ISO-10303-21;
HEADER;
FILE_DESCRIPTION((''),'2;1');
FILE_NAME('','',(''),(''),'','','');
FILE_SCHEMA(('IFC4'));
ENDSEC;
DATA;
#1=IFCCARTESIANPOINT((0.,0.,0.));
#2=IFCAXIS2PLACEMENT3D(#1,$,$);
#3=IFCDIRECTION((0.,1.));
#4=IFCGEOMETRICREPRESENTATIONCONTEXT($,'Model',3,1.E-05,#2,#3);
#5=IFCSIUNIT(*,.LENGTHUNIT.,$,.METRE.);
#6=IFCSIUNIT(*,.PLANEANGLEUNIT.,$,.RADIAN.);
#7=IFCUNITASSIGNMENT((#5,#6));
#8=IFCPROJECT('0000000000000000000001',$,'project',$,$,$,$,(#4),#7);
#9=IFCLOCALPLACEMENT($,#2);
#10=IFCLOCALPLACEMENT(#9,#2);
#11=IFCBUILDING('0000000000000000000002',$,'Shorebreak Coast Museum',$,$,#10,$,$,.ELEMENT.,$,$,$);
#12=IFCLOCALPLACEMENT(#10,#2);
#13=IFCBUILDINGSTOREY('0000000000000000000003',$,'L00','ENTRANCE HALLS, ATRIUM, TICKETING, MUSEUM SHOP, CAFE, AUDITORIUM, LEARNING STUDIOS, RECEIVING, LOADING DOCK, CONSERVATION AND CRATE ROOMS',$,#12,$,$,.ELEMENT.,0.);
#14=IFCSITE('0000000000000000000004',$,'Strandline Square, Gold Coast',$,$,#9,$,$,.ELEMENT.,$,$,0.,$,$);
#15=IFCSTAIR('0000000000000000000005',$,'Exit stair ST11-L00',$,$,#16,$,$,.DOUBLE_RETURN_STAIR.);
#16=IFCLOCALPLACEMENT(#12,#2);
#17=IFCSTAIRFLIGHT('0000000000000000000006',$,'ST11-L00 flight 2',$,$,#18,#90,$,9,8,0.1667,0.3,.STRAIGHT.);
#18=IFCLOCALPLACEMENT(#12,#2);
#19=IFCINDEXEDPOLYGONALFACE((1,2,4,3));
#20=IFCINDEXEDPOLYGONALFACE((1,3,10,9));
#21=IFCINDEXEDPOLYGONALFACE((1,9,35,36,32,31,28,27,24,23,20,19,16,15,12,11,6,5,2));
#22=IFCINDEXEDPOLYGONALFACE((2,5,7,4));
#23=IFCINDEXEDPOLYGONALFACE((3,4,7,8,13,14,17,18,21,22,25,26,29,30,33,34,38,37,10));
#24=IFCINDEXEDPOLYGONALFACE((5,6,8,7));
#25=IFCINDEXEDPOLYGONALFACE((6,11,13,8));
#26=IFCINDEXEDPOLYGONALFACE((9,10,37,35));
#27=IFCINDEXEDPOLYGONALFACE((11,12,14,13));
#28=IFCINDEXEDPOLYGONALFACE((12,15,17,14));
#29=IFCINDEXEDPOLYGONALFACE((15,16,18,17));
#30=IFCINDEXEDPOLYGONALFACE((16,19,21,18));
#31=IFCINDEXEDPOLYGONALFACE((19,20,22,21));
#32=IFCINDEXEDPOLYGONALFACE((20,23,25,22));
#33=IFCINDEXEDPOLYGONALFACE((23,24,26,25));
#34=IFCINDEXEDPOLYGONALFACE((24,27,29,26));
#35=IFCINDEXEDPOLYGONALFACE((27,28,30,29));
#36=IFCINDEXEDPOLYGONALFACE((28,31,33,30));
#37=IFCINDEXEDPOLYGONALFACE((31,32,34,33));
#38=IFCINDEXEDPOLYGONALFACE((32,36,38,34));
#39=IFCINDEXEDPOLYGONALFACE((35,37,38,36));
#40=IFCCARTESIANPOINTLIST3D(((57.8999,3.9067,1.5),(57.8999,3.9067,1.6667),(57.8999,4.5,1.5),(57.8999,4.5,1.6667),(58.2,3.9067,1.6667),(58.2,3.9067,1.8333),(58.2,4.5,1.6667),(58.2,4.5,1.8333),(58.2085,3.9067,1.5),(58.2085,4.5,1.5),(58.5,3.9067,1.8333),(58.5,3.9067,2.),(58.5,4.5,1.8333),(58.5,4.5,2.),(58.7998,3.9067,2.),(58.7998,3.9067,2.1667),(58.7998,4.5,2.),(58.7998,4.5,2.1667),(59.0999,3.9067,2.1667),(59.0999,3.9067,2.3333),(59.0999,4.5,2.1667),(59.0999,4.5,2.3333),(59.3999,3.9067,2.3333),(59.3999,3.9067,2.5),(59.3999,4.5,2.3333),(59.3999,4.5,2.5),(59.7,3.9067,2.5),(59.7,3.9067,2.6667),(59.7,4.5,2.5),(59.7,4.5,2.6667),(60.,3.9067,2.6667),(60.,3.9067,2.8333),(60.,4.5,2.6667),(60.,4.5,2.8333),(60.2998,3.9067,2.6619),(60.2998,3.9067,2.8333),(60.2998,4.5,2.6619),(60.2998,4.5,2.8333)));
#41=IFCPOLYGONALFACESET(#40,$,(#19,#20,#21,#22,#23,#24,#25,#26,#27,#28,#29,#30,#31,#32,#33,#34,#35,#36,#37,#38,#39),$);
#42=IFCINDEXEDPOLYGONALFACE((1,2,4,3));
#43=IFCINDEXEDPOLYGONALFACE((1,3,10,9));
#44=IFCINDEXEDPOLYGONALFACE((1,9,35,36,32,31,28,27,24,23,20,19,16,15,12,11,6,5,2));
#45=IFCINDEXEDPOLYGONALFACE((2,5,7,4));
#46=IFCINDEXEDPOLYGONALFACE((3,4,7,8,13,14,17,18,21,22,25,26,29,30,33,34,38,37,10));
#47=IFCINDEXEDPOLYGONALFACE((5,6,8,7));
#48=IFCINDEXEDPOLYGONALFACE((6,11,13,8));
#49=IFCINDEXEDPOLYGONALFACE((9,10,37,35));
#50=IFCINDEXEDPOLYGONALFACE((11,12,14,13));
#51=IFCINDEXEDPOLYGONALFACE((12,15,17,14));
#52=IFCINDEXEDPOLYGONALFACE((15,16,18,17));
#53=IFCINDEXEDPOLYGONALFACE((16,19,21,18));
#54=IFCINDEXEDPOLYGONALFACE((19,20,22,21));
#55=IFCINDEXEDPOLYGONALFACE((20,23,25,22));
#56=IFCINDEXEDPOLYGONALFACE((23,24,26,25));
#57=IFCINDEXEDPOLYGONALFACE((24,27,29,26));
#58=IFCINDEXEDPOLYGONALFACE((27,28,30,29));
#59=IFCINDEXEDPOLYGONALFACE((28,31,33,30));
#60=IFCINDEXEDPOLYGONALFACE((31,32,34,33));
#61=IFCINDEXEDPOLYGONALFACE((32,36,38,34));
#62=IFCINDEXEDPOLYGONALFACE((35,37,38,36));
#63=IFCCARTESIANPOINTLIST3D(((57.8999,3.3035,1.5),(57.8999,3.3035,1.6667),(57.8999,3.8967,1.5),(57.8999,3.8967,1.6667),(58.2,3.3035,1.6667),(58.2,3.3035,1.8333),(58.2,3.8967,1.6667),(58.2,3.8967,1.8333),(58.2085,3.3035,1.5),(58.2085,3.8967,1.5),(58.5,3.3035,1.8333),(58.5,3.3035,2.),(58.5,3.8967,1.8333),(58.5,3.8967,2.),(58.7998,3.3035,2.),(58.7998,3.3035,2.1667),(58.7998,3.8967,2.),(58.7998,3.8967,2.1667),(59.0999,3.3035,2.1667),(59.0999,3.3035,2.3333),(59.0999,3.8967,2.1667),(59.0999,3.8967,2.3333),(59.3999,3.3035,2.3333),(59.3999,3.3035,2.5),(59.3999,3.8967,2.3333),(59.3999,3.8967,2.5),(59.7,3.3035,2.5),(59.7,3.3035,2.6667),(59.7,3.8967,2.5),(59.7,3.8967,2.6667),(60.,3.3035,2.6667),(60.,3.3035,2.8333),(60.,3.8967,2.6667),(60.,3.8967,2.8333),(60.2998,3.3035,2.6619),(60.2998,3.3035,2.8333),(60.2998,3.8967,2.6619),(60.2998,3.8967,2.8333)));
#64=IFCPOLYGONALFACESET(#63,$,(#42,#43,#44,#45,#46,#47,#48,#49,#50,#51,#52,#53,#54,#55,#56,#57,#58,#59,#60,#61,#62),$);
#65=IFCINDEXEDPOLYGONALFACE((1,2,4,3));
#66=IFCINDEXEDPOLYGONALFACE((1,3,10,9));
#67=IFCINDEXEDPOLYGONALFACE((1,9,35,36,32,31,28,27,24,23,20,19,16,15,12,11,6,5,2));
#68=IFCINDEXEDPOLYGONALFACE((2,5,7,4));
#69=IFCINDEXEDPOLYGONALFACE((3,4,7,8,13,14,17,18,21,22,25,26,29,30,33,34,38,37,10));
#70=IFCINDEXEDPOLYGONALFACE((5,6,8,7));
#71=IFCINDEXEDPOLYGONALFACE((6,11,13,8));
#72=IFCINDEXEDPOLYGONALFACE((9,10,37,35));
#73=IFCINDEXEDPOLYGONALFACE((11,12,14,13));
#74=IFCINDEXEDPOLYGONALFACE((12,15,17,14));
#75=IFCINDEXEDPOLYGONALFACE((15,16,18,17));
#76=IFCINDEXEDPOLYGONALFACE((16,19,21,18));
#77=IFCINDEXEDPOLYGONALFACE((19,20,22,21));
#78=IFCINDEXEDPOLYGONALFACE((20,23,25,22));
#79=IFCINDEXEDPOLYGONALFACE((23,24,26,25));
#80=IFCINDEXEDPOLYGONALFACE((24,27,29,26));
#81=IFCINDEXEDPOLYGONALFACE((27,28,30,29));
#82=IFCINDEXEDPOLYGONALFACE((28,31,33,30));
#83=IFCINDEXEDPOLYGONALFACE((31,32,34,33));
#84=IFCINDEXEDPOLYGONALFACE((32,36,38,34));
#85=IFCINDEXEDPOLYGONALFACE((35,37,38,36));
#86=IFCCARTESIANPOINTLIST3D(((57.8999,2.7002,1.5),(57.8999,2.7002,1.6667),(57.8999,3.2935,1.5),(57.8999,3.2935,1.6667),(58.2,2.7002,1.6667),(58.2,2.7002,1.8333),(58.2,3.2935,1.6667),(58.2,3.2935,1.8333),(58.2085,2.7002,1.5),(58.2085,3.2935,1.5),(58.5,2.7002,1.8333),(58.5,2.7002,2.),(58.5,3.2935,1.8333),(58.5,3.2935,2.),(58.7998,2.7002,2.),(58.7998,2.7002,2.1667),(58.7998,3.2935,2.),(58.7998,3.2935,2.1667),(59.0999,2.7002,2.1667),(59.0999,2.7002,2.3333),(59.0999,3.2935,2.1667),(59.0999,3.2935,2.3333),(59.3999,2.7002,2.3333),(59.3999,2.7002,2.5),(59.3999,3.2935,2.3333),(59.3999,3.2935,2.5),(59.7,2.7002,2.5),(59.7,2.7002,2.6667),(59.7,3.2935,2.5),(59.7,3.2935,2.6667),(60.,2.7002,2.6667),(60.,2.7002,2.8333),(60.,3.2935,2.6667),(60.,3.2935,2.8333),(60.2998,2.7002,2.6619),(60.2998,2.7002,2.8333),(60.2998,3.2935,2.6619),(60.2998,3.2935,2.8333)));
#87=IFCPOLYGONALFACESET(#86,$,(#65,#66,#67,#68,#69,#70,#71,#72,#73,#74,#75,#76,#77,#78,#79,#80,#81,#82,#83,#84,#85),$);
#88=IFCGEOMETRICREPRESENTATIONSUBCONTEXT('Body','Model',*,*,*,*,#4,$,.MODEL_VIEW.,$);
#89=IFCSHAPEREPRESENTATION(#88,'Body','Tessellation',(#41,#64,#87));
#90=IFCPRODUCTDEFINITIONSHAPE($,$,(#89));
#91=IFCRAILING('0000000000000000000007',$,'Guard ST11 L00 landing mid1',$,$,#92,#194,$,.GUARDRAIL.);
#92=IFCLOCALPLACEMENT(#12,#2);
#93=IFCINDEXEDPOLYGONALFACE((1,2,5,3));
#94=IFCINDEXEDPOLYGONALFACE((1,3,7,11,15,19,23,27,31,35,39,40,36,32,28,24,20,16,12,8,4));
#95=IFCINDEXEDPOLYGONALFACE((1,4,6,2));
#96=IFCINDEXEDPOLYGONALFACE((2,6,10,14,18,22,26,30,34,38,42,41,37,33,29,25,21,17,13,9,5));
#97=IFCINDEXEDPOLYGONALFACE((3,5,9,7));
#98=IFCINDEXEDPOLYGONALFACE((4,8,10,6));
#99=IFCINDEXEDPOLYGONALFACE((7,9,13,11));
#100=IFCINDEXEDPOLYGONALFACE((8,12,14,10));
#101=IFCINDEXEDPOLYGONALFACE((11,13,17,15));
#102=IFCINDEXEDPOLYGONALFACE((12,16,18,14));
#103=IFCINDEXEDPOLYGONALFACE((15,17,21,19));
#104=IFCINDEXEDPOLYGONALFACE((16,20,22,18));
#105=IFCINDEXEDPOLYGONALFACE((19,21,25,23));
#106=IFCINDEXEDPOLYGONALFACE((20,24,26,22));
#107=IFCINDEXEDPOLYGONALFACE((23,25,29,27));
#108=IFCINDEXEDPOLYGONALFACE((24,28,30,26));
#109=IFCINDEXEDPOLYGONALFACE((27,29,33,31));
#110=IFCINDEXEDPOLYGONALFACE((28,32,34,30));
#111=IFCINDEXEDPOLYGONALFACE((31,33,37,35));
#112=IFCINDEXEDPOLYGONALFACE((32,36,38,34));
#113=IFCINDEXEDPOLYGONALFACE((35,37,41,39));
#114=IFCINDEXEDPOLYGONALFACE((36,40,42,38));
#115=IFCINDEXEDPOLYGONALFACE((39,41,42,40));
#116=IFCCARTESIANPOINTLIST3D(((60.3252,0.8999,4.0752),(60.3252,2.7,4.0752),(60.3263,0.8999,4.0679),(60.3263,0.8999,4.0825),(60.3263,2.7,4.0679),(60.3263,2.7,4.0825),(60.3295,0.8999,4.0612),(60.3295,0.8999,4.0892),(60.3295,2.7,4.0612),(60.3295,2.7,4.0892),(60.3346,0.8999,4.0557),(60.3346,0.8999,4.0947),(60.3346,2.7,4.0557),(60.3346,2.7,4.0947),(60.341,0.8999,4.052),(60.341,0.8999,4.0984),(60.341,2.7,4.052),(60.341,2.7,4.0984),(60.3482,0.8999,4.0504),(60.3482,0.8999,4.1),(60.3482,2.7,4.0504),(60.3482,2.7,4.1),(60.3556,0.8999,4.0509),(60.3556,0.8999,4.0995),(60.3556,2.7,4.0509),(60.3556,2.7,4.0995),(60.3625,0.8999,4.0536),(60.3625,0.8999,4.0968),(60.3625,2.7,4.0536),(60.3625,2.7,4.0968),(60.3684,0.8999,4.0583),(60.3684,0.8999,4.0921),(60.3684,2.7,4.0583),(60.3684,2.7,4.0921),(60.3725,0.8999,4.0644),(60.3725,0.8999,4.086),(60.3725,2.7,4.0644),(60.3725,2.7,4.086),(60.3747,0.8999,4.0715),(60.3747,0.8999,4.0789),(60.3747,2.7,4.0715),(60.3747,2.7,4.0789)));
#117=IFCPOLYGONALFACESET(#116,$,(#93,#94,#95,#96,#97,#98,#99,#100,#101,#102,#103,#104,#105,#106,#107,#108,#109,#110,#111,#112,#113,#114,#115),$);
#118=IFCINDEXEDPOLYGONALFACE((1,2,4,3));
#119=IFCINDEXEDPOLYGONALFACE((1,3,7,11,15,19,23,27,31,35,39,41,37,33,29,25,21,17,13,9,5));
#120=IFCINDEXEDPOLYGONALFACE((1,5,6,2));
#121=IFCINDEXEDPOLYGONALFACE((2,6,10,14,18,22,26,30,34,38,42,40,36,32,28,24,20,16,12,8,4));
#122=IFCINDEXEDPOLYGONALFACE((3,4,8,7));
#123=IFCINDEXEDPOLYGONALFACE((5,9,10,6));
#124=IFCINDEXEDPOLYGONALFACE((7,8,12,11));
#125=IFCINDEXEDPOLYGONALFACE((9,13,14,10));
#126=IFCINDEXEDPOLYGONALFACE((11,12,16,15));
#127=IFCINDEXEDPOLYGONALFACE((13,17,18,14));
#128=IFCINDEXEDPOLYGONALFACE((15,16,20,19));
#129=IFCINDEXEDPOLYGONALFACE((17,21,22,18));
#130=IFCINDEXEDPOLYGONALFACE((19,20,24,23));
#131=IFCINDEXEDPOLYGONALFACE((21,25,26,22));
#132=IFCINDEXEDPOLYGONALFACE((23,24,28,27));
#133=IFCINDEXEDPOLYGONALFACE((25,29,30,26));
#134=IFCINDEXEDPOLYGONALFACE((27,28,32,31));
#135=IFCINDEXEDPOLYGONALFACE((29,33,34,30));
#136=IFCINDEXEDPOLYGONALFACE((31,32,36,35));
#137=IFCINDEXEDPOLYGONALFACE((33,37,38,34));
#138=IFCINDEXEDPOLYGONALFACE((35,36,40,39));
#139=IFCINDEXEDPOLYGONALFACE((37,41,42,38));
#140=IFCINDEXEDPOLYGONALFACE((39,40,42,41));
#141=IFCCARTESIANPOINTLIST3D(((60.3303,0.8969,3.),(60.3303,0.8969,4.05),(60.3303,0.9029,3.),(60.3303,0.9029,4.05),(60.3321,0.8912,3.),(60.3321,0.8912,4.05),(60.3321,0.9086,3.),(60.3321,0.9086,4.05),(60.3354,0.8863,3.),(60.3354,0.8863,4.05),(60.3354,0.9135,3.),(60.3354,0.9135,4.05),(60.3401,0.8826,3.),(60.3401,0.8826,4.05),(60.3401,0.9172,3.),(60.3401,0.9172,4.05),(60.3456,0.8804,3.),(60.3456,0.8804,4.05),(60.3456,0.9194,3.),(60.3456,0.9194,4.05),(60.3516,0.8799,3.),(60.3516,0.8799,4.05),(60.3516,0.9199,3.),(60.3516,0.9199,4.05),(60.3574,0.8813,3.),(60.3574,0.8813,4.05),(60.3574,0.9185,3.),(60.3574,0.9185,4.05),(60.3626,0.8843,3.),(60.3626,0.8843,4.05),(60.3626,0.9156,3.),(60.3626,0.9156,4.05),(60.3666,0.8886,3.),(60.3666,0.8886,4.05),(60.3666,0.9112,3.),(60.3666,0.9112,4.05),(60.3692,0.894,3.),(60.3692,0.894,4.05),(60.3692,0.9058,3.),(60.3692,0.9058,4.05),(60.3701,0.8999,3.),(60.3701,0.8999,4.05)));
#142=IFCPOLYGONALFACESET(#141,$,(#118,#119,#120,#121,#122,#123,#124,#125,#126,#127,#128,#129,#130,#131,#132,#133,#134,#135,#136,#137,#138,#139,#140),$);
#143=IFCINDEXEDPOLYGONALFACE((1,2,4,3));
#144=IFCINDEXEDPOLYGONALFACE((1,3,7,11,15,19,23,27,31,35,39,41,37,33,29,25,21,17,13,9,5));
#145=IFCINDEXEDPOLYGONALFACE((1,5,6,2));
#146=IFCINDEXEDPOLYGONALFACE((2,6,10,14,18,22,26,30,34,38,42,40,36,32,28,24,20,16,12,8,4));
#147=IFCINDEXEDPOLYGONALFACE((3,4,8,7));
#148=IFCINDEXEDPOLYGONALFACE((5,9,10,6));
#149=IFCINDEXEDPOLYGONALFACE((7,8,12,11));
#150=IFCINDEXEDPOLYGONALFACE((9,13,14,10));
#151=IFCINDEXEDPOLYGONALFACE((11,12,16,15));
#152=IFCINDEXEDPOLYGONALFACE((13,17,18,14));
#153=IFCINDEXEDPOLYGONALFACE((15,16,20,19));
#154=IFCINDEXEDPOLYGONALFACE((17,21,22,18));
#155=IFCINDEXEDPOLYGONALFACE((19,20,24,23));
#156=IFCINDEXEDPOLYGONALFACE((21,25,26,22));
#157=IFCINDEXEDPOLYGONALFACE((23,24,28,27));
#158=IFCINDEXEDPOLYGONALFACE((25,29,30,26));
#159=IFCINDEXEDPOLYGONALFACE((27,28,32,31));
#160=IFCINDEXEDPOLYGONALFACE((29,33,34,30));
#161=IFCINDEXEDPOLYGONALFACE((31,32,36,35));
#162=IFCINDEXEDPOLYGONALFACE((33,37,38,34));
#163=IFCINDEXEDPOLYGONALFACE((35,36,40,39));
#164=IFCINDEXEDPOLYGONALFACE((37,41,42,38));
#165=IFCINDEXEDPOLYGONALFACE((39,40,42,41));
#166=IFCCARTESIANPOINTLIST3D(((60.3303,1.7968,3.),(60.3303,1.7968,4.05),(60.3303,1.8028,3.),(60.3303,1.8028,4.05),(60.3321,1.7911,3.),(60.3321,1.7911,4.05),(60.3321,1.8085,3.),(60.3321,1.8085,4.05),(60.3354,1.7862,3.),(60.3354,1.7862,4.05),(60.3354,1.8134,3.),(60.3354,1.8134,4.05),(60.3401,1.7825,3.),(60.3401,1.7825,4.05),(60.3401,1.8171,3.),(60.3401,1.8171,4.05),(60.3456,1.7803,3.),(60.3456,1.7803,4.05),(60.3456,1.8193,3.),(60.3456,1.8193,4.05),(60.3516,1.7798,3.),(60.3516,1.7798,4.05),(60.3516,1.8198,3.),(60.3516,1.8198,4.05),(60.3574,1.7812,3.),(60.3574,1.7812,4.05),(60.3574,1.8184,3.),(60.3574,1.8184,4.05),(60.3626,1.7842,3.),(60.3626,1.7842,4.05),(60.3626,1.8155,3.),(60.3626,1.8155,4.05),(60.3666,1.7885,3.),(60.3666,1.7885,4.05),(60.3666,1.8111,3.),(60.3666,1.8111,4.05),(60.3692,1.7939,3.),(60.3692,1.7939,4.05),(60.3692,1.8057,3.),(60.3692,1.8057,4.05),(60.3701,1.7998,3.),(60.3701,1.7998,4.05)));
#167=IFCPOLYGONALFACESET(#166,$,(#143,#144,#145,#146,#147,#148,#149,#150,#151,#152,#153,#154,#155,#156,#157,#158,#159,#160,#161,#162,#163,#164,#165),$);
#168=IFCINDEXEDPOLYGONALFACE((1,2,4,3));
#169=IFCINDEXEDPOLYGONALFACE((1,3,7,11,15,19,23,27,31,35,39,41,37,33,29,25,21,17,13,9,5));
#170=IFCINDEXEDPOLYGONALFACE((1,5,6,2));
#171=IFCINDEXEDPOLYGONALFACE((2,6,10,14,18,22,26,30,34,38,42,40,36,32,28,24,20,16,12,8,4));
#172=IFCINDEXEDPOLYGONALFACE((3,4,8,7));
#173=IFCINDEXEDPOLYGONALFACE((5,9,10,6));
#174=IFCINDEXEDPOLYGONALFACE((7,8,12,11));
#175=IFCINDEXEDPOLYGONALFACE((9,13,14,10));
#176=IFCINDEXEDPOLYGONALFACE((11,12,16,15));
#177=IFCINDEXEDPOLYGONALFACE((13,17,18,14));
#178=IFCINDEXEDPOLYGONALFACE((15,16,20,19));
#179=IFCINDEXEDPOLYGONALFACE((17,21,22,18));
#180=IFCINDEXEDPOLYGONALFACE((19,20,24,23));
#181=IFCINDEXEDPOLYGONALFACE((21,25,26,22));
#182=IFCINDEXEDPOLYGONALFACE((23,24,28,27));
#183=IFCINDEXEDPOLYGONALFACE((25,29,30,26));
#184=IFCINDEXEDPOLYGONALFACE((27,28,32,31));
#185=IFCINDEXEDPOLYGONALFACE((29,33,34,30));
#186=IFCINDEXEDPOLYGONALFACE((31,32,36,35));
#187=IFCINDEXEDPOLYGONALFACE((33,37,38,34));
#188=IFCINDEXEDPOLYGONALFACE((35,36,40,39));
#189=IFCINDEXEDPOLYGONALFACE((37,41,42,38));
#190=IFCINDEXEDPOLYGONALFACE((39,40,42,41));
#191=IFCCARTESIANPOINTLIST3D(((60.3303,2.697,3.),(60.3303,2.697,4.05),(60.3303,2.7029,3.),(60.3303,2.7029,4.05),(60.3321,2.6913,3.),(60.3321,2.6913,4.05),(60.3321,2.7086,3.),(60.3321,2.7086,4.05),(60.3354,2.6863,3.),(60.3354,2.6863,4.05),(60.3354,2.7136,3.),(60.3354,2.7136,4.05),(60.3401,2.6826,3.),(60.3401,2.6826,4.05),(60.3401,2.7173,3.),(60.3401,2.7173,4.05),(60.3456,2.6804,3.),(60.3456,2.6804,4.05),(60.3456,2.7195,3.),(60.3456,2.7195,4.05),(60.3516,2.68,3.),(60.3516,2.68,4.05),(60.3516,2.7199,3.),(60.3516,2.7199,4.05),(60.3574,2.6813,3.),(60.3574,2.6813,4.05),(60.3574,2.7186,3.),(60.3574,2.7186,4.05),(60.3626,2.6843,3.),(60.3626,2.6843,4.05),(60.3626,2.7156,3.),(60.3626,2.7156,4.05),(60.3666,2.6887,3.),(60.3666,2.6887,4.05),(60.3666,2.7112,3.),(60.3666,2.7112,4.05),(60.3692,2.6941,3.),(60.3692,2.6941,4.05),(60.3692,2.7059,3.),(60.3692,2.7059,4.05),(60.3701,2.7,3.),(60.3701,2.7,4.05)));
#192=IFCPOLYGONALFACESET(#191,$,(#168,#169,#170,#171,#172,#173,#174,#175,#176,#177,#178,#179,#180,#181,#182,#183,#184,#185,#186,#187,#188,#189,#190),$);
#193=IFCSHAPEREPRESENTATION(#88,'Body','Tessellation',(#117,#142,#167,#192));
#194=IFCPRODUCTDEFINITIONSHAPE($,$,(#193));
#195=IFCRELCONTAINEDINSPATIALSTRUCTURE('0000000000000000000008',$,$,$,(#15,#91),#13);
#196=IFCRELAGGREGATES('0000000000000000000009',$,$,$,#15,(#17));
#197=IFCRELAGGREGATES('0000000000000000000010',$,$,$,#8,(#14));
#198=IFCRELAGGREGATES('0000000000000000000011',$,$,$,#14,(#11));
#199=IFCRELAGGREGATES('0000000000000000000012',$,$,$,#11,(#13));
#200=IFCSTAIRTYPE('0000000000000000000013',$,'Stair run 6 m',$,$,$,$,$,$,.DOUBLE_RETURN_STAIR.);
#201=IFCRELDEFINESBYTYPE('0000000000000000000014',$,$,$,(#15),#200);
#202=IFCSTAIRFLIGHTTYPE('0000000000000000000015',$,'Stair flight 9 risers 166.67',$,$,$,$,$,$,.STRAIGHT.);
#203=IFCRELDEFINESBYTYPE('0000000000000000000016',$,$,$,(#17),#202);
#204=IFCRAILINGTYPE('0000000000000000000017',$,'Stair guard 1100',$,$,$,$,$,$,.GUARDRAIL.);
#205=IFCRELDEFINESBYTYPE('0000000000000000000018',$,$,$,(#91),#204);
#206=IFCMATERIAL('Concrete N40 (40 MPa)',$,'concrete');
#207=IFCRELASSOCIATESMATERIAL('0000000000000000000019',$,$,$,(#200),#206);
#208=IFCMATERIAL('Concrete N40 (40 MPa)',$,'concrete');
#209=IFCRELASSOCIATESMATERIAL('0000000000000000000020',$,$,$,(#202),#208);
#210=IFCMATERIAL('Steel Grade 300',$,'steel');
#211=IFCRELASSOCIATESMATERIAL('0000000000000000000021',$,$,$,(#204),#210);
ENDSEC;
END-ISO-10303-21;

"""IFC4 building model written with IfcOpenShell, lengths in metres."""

from ifc_helpers import new_model, si_unit, direction, frame, origin, origin_2d, place, context, subcontext, project, spatial, polyline, circle, outline, extrude, material, type_object, element, aggregate, save


model = new_model("IFC4")

# Units and contexts
model_context = context("Model", 3, precision=1e-05, world=origin(), true_north=direction((0.0, 1.0)))
body_context = subcontext(model_context, "Body", "Model", "MODEL_VIEW")
ifc_project = project(units=[si_unit("LENGTHUNIT", "METRE"), si_unit("PLANEANGLEUNIT", "RADIAN")], contexts=[model_context])

# Site, building, storey
site_placement = place(None, origin())
site = spatial("IfcSite", under=ifc_project, at=site_placement, Name="Strandline Square, Gold Coast", CompositionType="ELEMENT", RefElevation=0.0)
building_placement = place(site_placement, origin())
building = spatial("IfcBuilding", under=site, at=building_placement, Name="Shorebreak Coast Museum", CompositionType="ELEMENT")
storey_placement = place(building_placement, origin())
storey = spatial("IfcBuildingStorey", under=building, at=storey_placement, Name="L00", Description="ENTRANCE HALLS, ATRIUM, TICKETING, MUSEUM SHOP, CAFE, AUDITORIUM, LEARNING STUDIOS, RECEIVING, LOADING DOCK, CONSERVATION AND CRATE ROOMS", CompositionType="ELEMENT", Elevation=0.0)

# Stair, stair flight
ifc_material_1 = material(Name="Concrete N40 (40 MPa)", Category="concrete")
stair_type = type_object("IfcStairType", Name="Stair run 6 m", PredefinedType="DOUBLE_RETURN_STAIR", material=ifc_material_1)
stair_placement = place(storey_placement, origin())
stair = element("IfcStair", 1, at=stair_placement, inside=storey, type_object=stair_type, Name="Exit stair ST11-L00", PredefinedType="DOUBLE_RETURN_STAIR")
ifc_material_2 = material(Name="Concrete N40 (40 MPa)", Category="concrete")
stair_flight_type = type_object("IfcStairFlightType", Name="Stair flight 9 risers 166.67", PredefinedType="STRAIGHT", material=ifc_material_2)
stair_flight_1_placement = place(storey_placement, frame((57.8999, 3.6001, 1.5), z_axis=(0.0, 0.0, 1.0), x_axis=(1.0, 0.0, 0.0)))
stair_flight_1 = element("IfcStairFlight", 2, at=stair_flight_1_placement, type_object=stair_flight_type, Name="ST11-L00 flight 2", NumberOfRisers=9, NumberOfTreads=8, PredefinedType="STRAIGHT", RiserHeight=0.1667, TreadLength=0.3, context=body_context, shape_type="SweptSolid", body=[
    extrude(outline(polyline([(0.0, 0.0), (0.0, 0.1667), (0.3, 0.1667), (0.3, 0.3333), (0.6001, 0.3333), (0.6001, 0.5), (0.8999, 0.5), (0.8999, 0.6667), (1.2, 0.6667), (1.2, 0.8333), (1.5, 0.8333), (1.5, 1.0), (1.8, 1.0), (1.8, 1.1667), (2.1001, 1.1667), (2.1001, 1.3333), (2.3999, 1.3333), (2.3999, 1.5), (2.3999, 1.1619), (0.3086, 0.0), (0.0, 0.0)])), frame((0.0, 0.8999, 0.0), z_axis=(0.0, -1.0, 0.0), x_axis=(1.0, 0.0, 0.0)), (0.0, 0.0, 1.0), 0.5933),
    extrude(outline(polyline([(0.0, 0.0), (0.0, 0.1667), (0.3, 0.1667), (0.3, 0.3333), (0.6001, 0.3333), (0.6001, 0.5), (0.8999, 0.5), (0.8999, 0.6667), (1.2, 0.6667), (1.2, 0.8333), (1.5, 0.8333), (1.5, 1.0), (1.8, 1.0), (1.8, 1.1667), (2.1001, 1.1667), (2.1001, 1.3333), (2.3999, 1.3333), (2.3999, 1.5), (2.3999, 1.1619), (0.3086, 0.0), (0.0, 0.0)])), frame((0.0, 0.2966, 0.0), z_axis=(0.0, -1.0, 0.0), x_axis=(1.0, 0.0, 0.0)), (0.0, 0.0, 1.0), 0.5933),
    extrude(outline(polyline([(0.0, 0.0), (0.0, 0.1667), (0.3, 0.1667), (0.3, 0.3333), (0.6001, 0.3333), (0.6001, 0.5), (0.8999, 0.5), (0.8999, 0.6667), (1.2, 0.6667), (1.2, 0.8333), (1.5, 0.8333), (1.5, 1.0), (1.8, 1.0), (1.8, 1.1667), (2.1001, 1.1667), (2.1001, 1.3333), (2.3999, 1.3333), (2.3999, 1.5), (2.3999, 1.1619), (0.3086, 0.0), (0.0, 0.0)])), frame((0.0, -0.3066, 0.0), z_axis=(0.0, -1.0, 0.0), x_axis=(1.0, 0.0, 0.0)), (0.0, 0.0, 1.0), 0.5933),
])
aggregate(stair, [stair_flight_1])

# Railing
ifc_material_3 = material(Name="Steel Grade 300", Category="steel")
railing_type_1 = type_object("IfcRailingType", Name="Stair guard 1100", PredefinedType="GUARDRAIL", material=ifc_material_3)
railing_1_placement = place(storey_placement, frame((60.3501, 0.8999, 3.0)))
element("IfcRailing", 3, at=railing_1_placement, inside=storey, type_object=railing_type_1, Name="Guard ST11 L00 landing mid1", PredefinedType="GUARDRAIL", context=body_context, shape_type="SweptSolid", body=[
    extrude(circle(Radius=0.0249, at=origin_2d()), frame((0.0, 0.0, 1.0752), z_axis=(0.0, 1.0, 0.0), x_axis=(-1.0, 0.0, 0.0)), (0.0, 0.0, 1.0), 1.8),
    extrude(circle(Radius=0.02, at=origin_2d()), origin(), (0.0, 0.0, 1.0), 1.05),
    extrude(circle(Radius=0.02, at=origin_2d()), frame((0.0, 0.8999, 0.0)), (0.0, 0.0, 1.0), 1.05),
    extrude(circle(Radius=0.02, at=origin_2d()), frame((0.0, 1.8, 0.0)), (0.0, 0.0, 1.0), 1.05),
])

save(model, "model.ifc")
